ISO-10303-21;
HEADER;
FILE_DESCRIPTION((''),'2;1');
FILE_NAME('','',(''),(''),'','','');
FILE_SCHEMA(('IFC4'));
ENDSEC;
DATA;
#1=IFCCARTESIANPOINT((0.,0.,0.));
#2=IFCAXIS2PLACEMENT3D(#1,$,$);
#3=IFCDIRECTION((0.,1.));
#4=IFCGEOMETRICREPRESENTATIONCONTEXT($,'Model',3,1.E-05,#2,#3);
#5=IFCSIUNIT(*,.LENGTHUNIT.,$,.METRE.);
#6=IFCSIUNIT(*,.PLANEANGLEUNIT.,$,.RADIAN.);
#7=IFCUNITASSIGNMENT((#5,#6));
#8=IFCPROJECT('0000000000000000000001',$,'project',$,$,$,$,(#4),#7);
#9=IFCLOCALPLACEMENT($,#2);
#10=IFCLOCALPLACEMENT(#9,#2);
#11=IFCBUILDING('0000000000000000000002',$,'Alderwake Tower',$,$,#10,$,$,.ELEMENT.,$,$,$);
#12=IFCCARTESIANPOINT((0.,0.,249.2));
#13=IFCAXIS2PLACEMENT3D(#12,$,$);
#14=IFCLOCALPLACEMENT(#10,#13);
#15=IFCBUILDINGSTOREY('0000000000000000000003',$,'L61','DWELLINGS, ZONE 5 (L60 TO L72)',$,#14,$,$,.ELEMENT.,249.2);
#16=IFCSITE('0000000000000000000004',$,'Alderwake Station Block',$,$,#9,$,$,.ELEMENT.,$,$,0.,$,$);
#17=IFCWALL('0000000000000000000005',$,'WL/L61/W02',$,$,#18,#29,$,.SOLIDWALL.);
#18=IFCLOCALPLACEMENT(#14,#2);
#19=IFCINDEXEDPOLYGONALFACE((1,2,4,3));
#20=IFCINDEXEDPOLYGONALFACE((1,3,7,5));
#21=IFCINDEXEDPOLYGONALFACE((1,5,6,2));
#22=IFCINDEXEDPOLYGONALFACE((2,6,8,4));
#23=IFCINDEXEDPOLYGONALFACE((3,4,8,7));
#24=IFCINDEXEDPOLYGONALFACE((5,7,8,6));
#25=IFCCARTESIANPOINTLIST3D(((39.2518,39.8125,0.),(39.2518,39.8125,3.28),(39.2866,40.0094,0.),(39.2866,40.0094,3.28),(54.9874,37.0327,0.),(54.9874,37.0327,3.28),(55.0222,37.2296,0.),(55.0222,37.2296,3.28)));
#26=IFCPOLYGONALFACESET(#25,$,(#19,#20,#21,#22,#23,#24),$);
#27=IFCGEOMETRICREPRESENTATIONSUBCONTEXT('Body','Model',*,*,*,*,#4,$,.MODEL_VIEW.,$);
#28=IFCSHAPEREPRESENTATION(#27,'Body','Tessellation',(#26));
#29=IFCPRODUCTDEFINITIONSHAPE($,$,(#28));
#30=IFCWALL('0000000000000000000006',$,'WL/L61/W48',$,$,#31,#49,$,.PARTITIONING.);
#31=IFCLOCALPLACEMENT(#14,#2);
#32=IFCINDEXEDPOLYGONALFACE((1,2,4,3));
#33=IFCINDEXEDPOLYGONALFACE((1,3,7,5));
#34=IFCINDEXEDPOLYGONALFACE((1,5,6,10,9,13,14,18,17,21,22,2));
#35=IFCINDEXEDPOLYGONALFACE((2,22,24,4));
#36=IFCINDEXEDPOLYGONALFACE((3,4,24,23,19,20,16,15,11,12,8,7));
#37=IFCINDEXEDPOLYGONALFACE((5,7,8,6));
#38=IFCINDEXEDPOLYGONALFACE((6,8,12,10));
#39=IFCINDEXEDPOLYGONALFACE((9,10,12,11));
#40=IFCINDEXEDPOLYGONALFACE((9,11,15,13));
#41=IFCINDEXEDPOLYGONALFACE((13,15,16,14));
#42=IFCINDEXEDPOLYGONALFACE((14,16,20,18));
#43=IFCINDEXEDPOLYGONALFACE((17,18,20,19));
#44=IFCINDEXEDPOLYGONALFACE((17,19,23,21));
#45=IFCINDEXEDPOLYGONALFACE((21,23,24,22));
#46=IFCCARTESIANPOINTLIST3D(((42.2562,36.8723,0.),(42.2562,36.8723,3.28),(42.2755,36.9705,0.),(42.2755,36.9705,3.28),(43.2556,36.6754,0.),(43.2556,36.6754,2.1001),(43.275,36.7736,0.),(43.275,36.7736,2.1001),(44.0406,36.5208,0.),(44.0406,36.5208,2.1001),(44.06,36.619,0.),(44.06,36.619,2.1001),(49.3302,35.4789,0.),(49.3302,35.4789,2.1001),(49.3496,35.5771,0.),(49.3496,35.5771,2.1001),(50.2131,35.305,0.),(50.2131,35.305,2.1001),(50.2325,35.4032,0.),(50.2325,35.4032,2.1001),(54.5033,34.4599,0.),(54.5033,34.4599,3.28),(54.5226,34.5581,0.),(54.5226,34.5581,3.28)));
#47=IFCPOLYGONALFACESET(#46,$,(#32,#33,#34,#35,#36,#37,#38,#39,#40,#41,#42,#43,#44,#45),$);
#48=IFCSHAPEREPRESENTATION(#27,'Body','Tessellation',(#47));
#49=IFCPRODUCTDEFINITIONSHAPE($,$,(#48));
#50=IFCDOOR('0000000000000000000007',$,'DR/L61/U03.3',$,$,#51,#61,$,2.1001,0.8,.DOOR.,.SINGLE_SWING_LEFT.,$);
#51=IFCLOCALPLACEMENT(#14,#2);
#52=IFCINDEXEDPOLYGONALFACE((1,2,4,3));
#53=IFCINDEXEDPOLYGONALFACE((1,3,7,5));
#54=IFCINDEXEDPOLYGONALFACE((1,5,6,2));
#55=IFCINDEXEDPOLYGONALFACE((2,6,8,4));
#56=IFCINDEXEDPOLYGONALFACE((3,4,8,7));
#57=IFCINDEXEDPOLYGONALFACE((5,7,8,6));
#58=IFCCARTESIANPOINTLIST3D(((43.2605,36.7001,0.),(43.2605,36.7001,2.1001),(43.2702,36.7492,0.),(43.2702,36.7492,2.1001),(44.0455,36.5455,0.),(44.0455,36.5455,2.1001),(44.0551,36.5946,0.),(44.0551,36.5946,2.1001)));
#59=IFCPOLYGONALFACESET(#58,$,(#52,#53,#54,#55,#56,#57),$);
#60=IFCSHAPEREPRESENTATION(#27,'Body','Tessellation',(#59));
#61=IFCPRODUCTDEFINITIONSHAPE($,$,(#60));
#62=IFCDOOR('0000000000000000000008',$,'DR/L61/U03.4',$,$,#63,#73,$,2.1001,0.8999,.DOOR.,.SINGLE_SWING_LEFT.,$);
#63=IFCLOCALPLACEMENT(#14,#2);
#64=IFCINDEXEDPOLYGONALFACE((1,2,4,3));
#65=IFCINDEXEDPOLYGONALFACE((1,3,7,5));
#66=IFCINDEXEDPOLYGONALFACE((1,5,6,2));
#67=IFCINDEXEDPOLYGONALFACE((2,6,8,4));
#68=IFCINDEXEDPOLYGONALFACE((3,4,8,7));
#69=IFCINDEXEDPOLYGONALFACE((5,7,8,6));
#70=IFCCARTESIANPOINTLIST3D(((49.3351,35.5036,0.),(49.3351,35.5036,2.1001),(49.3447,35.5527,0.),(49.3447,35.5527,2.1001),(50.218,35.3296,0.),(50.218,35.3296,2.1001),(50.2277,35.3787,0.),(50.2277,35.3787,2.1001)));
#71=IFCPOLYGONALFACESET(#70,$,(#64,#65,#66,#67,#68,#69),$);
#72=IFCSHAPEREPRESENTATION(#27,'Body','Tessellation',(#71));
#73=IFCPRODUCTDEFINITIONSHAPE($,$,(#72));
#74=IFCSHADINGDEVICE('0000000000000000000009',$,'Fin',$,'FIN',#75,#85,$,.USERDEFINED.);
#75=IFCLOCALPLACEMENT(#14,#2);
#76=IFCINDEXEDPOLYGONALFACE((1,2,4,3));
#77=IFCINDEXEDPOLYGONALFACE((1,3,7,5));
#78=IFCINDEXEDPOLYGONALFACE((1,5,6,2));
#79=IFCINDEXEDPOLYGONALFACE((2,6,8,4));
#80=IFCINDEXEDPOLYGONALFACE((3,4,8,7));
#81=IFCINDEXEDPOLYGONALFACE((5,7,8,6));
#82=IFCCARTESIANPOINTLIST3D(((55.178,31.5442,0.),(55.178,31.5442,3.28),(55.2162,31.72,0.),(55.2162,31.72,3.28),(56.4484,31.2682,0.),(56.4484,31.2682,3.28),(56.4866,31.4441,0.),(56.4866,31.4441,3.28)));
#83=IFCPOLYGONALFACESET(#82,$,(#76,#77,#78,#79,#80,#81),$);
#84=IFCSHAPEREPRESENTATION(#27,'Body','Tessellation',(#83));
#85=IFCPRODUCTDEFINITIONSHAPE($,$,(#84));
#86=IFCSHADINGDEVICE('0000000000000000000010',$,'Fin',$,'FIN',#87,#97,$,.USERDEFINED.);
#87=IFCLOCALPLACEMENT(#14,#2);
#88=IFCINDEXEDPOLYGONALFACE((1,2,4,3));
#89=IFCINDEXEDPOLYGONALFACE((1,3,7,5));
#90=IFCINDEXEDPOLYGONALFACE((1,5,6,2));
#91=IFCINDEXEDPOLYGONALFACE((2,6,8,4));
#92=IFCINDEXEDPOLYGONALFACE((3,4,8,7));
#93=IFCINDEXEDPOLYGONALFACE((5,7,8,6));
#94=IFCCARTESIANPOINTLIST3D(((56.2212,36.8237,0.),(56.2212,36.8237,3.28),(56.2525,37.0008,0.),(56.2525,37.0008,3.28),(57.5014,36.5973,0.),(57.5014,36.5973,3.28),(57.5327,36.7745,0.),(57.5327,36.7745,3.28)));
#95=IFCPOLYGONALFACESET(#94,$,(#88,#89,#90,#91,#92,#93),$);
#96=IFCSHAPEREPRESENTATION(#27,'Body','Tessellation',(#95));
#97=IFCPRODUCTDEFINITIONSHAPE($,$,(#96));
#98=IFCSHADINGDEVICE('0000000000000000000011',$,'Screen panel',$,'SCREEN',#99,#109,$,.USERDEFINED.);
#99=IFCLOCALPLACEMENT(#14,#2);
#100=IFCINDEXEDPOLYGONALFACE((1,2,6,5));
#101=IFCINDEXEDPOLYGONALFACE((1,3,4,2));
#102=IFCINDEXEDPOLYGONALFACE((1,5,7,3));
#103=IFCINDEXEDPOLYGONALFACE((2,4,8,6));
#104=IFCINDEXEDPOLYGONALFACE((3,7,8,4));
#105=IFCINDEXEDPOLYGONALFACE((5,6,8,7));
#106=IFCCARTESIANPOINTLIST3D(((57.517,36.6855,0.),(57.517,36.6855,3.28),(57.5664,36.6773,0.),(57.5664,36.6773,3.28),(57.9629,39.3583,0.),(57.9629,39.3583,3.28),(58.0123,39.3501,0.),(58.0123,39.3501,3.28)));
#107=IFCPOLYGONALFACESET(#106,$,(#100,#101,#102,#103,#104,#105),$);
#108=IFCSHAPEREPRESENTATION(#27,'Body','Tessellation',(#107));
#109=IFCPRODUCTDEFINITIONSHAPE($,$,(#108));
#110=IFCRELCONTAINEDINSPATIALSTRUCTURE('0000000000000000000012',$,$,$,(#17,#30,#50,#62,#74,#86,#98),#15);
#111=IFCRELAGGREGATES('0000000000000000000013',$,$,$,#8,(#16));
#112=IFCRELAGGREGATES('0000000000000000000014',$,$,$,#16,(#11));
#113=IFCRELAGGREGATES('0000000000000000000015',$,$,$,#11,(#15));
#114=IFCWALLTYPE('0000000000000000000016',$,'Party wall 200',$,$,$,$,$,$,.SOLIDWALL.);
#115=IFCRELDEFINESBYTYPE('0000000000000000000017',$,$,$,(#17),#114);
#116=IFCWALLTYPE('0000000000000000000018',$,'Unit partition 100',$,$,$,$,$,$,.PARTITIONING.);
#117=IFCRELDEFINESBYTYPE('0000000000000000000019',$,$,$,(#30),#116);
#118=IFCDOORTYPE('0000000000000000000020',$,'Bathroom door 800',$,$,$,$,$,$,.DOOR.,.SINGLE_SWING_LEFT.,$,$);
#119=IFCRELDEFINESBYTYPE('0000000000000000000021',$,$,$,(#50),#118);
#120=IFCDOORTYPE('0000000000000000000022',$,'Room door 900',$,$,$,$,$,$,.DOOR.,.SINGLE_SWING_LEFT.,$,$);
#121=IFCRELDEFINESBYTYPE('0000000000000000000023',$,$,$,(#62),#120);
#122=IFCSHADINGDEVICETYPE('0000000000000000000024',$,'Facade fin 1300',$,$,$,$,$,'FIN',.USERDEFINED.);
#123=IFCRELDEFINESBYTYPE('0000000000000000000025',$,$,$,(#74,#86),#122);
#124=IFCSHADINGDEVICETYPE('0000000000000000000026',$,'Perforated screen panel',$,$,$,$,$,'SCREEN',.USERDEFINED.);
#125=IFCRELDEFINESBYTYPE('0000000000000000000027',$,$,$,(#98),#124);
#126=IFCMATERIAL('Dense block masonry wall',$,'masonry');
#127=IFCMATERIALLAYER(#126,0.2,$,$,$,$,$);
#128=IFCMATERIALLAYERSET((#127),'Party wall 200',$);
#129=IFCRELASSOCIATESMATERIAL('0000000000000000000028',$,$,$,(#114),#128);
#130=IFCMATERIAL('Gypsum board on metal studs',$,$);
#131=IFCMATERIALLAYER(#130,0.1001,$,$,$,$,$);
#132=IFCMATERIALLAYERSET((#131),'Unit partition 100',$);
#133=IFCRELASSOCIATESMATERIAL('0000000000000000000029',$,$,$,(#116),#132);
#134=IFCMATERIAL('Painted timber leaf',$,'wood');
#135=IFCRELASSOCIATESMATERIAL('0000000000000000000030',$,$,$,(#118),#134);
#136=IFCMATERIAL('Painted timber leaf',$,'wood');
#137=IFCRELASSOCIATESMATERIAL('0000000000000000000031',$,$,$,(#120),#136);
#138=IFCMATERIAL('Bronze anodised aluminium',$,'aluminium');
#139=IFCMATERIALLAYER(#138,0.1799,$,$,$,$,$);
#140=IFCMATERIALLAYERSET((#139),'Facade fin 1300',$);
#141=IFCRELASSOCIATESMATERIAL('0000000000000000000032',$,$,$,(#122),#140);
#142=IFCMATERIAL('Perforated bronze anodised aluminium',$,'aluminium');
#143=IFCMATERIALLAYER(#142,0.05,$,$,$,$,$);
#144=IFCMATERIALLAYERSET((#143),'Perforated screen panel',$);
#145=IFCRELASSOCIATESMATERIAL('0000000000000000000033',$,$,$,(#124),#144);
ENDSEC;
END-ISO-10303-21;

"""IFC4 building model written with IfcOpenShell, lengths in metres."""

from ifc_helpers import new_model, si_unit, direction, frame, frame_2d, origin, origin_2d, place, context, subcontext, project, spatial, rectangle, extrude, material, layer, layer_set, type_object, element, fill, save


model = new_model("IFC4")

# Units and contexts
model_context = context("Model", 3, precision=1e-05, world=origin(), true_north=direction((0.0, 1.0)))
body_context = subcontext(model_context, "Body", "Model", "MODEL_VIEW")
ifc_project = project(units=[si_unit("LENGTHUNIT", "METRE"), si_unit("PLANEANGLEUNIT", "RADIAN")], contexts=[model_context])

# Site, building, storey
site_placement = place(None, origin())
site = spatial("IfcSite", under=ifc_project, at=site_placement, Name="Alderwake Station Block", CompositionType="ELEMENT", RefElevation=0.0)
building_placement = place(site_placement, origin())
building = spatial("IfcBuilding", under=site, at=building_placement, Name="Alderwake Tower", CompositionType="ELEMENT")
storey_placement = place(building_placement, frame((0.0, 0.0, 249.2)))
storey = spatial("IfcBuildingStorey", under=building, at=storey_placement, Name="L61", Description="DWELLINGS, ZONE 5 (L60 TO L72)", CompositionType="ELEMENT", Elevation=249.2)

# Wall
ifc_material_1 = material(Name="Dense block masonry wall", Category="masonry")
ifc_layer_1 = layer(ifc_material_1, 0.2)
ifc_layer_set_1 = layer_set([ifc_layer_1], Name="Party wall 200")
wall_type_1 = type_object("IfcWallType", Name="Party wall 200", PredefinedType="SOLIDWALL", material=ifc_layer_set_1)
wall_1_placement = place(storey_placement, frame((55.0049, 37.1311, 0.0), z_axis=(0.0, 0.0, 1.0), x_axis=(-0.984752, 0.173962, 0.0)))
element("IfcWall", 1, at=wall_1_placement, inside=storey, type_object=wall_type_1, Name="WL/L61/W02", PredefinedType="SOLIDWALL", context=body_context, shape_type="SweptSolid", body=[
    extrude(rectangle(XDim=15.9792, YDim=0.2, at=frame_2d((7.9897, 0.0))), origin(), (0.0, 0.0, 1.0), 3.28),
])

# Wall, openings, doors
ifc_material_2 = material(Name="Gypsum board on metal studs")
ifc_layer_2 = layer(ifc_material_2, 0.1001)
ifc_layer_set_2 = layer_set([ifc_layer_2], Name="Unit partition 100")
wall_type_2 = type_object("IfcWallType", Name="Unit partition 100", PredefinedType="PARTITIONING", material=ifc_layer_set_2)
wall_2_placement = place(storey_placement, frame((54.5129, 34.509, 0.0), z_axis=(0.0, 0.0, 1.0), x_axis=(-0.981147, 0.19326, 0.0)))
wall_2 = element("IfcWall", 2, at=wall_2_placement, inside=storey, type_object=wall_type_2, Name="WL/L61/W48", PredefinedType="PARTITIONING", context=body_context, shape_type="SweptSolid", body=[
    extrude(rectangle(XDim=12.4824, YDim=0.1001, at=frame_2d((6.2412, 0.0))), origin(), (0.0, 0.0, 1.0), 3.28),
])
opening_1_placement = place(wall_2_placement, frame((10.6638, 0.0, 0.0)))
opening_1 = element("IfcOpeningElement", 3, at=opening_1_placement, cuts=wall_2, PredefinedType="OPENING", context=body_context, shape_type="SweptSolid", body=[
    extrude(rectangle(XDim=0.8, YDim=2.1001, at=frame_2d((0.3999, 1.05))), frame((0.0, 0.0601, 0.0), z_axis=(0.0, -1.0, 0.0), x_axis=(1.0, 0.0, 0.0)), (0.0, 0.0, 1.0), 0.1201),
])
opening_2_placement = place(wall_2_placement, frame((4.3726, 0.0, 0.0)))
opening_2 = element("IfcOpeningElement", 4, at=opening_2_placement, cuts=wall_2, PredefinedType="OPENING", context=body_context, shape_type="SweptSolid", body=[
    extrude(rectangle(XDim=0.8999, YDim=2.1001, at=frame_2d((0.45, 1.05))), frame((0.0, 0.0601, 0.0), z_axis=(0.0, -1.0, 0.0), x_axis=(1.0, 0.0, 0.0)), (0.0, 0.0, 1.0), 0.1201),
])
ifc_material_3 = material(Name="Painted timber leaf", Category="wood")
door_type_1 = type_object("IfcDoorType", Name="Bathroom door 800", OperationType="SINGLE_SWING_LEFT", PredefinedType="DOOR", material=ifc_material_3)
door_1_placement = place(opening_1_placement, origin())
door_1 = element("IfcDoor", 5, at=door_1_placement, inside=storey, type_object=door_type_1, Name="DR/L61/U03.3", OperationType="SINGLE_SWING_LEFT", OverallHeight=2.1001, OverallWidth=0.8, PredefinedType="DOOR", context=body_context, shape_type="SweptSolid", body=[
    extrude(rectangle(XDim=0.8, YDim=2.1001, at=frame_2d((0.3999, 1.05))), frame((0.0, 0.0249, 0.0), z_axis=(0.0, -1.0, 0.0), x_axis=(1.0, 0.0, 0.0)), (0.0, 0.0, 1.0), 0.05),
])
fill(opening_1, door_1)
ifc_material_4 = material(Name="Painted timber leaf", Category="wood")
door_type_2 = type_object("IfcDoorType", Name="Room door 900", OperationType="SINGLE_SWING_LEFT", PredefinedType="DOOR", material=ifc_material_4)
door_2_placement = place(opening_2_placement, origin())
door_2 = element("IfcDoor", 6, at=door_2_placement, inside=storey, type_object=door_type_2, Name="DR/L61/U03.4", OperationType="SINGLE_SWING_LEFT", OverallHeight=2.1001, OverallWidth=0.8999, PredefinedType="DOOR", context=body_context, shape_type="SweptSolid", body=[
    extrude(rectangle(XDim=0.8999, YDim=2.1001, at=frame_2d((0.45, 1.05))), frame((0.0, 0.0249, 0.0), z_axis=(0.0, -1.0, 0.0), x_axis=(1.0, 0.0, 0.0)), (0.0, 0.0, 1.0), 0.05),
])
fill(opening_2, door_2)

# Shading devices
ifc_material_5 = material(Name="Bronze anodised aluminium", Category="aluminium")
ifc_layer_3 = layer(ifc_material_5, 0.1799)
ifc_layer_set_3 = layer_set([ifc_layer_3], Name="Facade fin 1300")
shading_device_type_1 = type_object("IfcShadingDeviceType", Name="Facade fin 1300", ElementType="FIN", PredefinedType="USERDEFINED", material=ifc_layer_set_3)
for number, where, z_axis, x_axis, name in (
    (7, (55.8323, 31.4941, 0.0), (0.0, 0.0, 1.0), (0.97721, -0.212273, 0.0), "Fin"),
    (8, (56.877, 36.7991, 0.0), (0.0, 0.0, 1.0), (0.984726, -0.174109, 0.0), "Fin"),
):
    element("IfcShadingDevice", number, at=place(storey_placement, frame(where, z_axis=z_axis, x_axis=x_axis)), inside=storey, type_object=shading_device_type_1, Name=name, ObjectType="FIN", PredefinedType="USERDEFINED", context=body_context, shape_type="SweptSolid", body=[
        extrude(rectangle(XDim=1.3, YDim=0.1799, at=origin_2d()), origin(), (0.0, 0.0, 1.0), 3.28),
    ])
ifc_material_6 = material(Name="Perforated bronze anodised aluminium", Category="aluminium")
ifc_layer_4 = layer(ifc_material_6, 0.05)
ifc_layer_set_4 = layer_set([ifc_layer_4], Name="Perforated screen panel")
shading_device_type_2 = type_object("IfcShadingDeviceType", Name="Perforated screen panel", ElementType="SCREEN", PredefinedType="USERDEFINED", material=ifc_layer_set_4)
shading_device_placement = place(storey_placement, frame((57.7646, 38.0178, 0.0), z_axis=(0.0, 0.0, 1.0), x_axis=(0.986369, -0.164548, 0.0)))
element("IfcShadingDevice", 9, at=shading_device_placement, inside=storey, type_object=shading_device_type_2, Name="Screen panel", ObjectType="SCREEN", PredefinedType="USERDEFINED", context=body_context, shape_type="SweptSolid", body=[
    extrude(rectangle(XDim=0.05, YDim=2.7097, at=origin_2d()), origin(), (0.0, 0.0, 1.0), 3.28),
])

save(model, "model.ifc")
